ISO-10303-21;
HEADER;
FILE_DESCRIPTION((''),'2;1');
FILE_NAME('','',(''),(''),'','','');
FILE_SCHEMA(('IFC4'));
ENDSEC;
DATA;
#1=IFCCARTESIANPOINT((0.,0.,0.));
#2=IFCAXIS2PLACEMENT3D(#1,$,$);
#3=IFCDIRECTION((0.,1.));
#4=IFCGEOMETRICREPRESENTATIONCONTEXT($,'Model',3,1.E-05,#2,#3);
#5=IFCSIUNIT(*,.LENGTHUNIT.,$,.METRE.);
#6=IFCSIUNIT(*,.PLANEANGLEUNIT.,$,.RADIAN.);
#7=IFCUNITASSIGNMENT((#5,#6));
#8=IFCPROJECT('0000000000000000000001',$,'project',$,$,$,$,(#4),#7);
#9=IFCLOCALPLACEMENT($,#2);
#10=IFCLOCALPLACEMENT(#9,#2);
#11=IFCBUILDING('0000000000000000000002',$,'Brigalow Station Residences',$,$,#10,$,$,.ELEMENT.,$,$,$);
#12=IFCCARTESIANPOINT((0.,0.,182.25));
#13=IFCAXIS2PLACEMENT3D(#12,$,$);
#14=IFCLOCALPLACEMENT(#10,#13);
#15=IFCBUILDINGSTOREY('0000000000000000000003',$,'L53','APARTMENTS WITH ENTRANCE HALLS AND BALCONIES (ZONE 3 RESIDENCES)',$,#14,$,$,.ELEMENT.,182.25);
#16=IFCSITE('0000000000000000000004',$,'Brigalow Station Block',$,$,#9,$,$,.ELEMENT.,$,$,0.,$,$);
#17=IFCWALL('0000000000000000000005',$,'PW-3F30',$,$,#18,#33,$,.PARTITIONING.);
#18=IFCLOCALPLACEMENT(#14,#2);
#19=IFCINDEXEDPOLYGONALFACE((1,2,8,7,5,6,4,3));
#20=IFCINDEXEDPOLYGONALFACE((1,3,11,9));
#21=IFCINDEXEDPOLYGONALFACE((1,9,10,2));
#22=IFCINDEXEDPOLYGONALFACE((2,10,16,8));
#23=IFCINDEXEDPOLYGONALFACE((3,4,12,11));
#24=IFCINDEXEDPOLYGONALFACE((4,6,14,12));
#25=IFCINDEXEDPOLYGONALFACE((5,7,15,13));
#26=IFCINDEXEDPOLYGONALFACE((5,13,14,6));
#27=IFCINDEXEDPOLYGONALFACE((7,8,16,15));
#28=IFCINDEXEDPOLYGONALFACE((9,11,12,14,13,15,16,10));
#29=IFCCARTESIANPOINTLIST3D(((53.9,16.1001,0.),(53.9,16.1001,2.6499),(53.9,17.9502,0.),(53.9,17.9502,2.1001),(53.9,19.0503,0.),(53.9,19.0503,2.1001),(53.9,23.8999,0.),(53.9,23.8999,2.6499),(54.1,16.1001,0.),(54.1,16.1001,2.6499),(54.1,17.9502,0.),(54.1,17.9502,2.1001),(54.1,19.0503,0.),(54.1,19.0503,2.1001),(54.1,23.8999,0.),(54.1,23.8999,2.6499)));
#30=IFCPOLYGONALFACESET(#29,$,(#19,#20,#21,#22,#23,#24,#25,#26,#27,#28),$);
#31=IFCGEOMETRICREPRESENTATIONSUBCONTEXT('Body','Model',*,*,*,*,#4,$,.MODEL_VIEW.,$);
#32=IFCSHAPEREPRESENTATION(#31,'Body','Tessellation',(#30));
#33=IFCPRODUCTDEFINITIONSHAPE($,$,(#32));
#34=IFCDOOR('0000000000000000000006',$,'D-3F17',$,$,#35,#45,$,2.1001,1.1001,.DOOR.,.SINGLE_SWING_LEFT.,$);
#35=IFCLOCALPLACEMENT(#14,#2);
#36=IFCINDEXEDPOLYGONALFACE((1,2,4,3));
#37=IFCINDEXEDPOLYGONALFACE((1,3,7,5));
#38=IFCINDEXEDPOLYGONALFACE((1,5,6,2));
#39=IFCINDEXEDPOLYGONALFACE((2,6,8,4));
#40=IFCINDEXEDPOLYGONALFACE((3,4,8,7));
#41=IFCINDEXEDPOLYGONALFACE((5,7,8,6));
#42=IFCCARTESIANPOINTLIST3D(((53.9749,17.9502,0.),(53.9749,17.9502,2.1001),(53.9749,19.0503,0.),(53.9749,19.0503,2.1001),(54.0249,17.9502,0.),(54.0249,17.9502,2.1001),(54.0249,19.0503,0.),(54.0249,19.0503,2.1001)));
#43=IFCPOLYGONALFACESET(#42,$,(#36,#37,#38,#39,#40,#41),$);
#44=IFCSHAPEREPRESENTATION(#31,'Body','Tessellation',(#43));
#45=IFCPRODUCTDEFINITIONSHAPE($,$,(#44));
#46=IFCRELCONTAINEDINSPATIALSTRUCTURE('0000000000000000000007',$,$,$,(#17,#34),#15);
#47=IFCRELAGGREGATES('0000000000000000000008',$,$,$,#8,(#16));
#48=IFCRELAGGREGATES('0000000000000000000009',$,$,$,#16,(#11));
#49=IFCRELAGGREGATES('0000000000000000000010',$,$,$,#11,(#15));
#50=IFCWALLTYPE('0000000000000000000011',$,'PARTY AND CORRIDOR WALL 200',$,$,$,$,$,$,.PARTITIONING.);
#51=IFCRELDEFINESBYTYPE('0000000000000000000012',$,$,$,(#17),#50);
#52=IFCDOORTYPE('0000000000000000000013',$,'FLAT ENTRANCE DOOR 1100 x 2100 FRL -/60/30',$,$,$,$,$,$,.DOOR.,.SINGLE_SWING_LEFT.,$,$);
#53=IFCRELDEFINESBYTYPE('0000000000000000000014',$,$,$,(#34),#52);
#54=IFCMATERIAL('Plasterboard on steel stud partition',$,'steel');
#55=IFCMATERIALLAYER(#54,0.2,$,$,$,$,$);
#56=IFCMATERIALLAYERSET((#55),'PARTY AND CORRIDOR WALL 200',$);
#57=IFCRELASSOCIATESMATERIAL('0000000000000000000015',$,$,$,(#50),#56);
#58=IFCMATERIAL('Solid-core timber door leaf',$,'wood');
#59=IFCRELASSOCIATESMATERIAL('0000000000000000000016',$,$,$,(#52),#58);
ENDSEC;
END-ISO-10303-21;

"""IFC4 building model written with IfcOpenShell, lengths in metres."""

from ifc_helpers import new_model, si_unit, direction, frame, frame_2d, origin, place, context, subcontext, project, spatial, rectangle, extrude, material, layer, layer_set, type_object, element, fill, save


model = new_model("IFC4")

# Units and contexts
model_context = context("Model", 3, precision=1e-05, world=origin(), true_north=direction((0.0, 1.0)))
body_context = subcontext(model_context, "Body", "Model", "MODEL_VIEW")
ifc_project = project(units=[si_unit("LENGTHUNIT", "METRE"), si_unit("PLANEANGLEUNIT", "RADIAN")], contexts=[model_context])

# Site, building, storey
site_placement = place(None, origin())
site = spatial("IfcSite", under=ifc_project, at=site_placement, Name="Brigalow Station Block", CompositionType="ELEMENT", RefElevation=0.0)
building_placement = place(site_placement, origin())
building = spatial("IfcBuilding", under=site, at=building_placement, Name="Brigalow Station Residences", CompositionType="ELEMENT")
storey_placement = place(building_placement, frame((0.0, 0.0, 182.25)))
storey = spatial("IfcBuildingStorey", under=building, at=storey_placement, Name="L53", Description="APARTMENTS WITH ENTRANCE HALLS AND BALCONIES (ZONE 3 RESIDENCES)", CompositionType="ELEMENT", Elevation=182.25)

# Wall, opening, door
ifc_material_1 = material(Name="Plasterboard on steel stud partition", Category="steel")
ifc_layer_1 = layer(ifc_material_1, 0.2)
ifc_layer_set_1 = layer_set([ifc_layer_1], Name="PARTY AND CORRIDOR WALL 200")
wall_type_1 = type_object("IfcWallType", Name="PARTY AND CORRIDOR WALL 200", PredefinedType="PARTITIONING", material=ifc_layer_set_1)
wall_1_placement = place(storey_placement, frame((54.0, 16.1001, 0.0), z_axis=(0.0, 0.0, 1.0), x_axis=(0.0, 1.0, 0.0)))
wall_1 = element("IfcWall", 1, at=wall_1_placement, inside=storey, type_object=wall_type_1, Name="PW-3F30", PredefinedType="PARTITIONING", context=body_context, shape_type="SweptSolid", body=[
    extrude(rectangle(XDim=7.7998, YDim=0.2, at=frame_2d((3.8999, 0.0))), origin(), (0.0, 0.0, 1.0), 2.6499),
])
opening_1_placement = place(wall_1_placement, frame((1.8501, 0.0, 0.0)))
opening_1 = element("IfcOpeningElement", 2, at=opening_1_placement, cuts=wall_1, PredefinedType="OPENING", context=body_context, shape_type="SweptSolid", body=[
    extrude(rectangle(XDim=1.1001, YDim=2.1001, at=frame_2d((0.55, 1.05))), frame((0.0, 0.1099, 0.0), z_axis=(0.0, -1.0, 0.0), x_axis=(1.0, 0.0, 0.0)), (0.0, 0.0, 1.0), 0.22),
])
ifc_material_2 = material(Name="Solid-core timber door leaf", Category="wood")
door_type_1 = type_object("IfcDoorType", Name="FLAT ENTRANCE DOOR 1100 x 2100 FRL -/60/30", OperationType="SINGLE_SWING_LEFT", PredefinedType="DOOR", material=ifc_material_2)
door_1_placement = place(opening_1_placement, frame((1.1001, 0.0, 0.0), z_axis=(0.0, 0.0, 1.0), x_axis=(-1.0, 0.0, 0.0)))
door_1 = element("IfcDoor", 3, at=door_1_placement, inside=storey, type_object=door_type_1, Name="D-3F17", OperationType="SINGLE_SWING_LEFT", OverallHeight=2.1001, OverallWidth=1.1001, PredefinedType="DOOR", context=body_context, shape_type="SweptSolid", body=[
    extrude(rectangle(XDim=1.1001, YDim=2.1001, at=frame_2d((0.55, 1.05))), frame((0.0, 0.0249, 0.0), z_axis=(0.0, -1.0, 0.0), x_axis=(1.0, 0.0, 0.0)), (0.0, 0.0, 1.0), 0.05),
])
fill(opening_1, door_1)

save(model, "model.ifc")
